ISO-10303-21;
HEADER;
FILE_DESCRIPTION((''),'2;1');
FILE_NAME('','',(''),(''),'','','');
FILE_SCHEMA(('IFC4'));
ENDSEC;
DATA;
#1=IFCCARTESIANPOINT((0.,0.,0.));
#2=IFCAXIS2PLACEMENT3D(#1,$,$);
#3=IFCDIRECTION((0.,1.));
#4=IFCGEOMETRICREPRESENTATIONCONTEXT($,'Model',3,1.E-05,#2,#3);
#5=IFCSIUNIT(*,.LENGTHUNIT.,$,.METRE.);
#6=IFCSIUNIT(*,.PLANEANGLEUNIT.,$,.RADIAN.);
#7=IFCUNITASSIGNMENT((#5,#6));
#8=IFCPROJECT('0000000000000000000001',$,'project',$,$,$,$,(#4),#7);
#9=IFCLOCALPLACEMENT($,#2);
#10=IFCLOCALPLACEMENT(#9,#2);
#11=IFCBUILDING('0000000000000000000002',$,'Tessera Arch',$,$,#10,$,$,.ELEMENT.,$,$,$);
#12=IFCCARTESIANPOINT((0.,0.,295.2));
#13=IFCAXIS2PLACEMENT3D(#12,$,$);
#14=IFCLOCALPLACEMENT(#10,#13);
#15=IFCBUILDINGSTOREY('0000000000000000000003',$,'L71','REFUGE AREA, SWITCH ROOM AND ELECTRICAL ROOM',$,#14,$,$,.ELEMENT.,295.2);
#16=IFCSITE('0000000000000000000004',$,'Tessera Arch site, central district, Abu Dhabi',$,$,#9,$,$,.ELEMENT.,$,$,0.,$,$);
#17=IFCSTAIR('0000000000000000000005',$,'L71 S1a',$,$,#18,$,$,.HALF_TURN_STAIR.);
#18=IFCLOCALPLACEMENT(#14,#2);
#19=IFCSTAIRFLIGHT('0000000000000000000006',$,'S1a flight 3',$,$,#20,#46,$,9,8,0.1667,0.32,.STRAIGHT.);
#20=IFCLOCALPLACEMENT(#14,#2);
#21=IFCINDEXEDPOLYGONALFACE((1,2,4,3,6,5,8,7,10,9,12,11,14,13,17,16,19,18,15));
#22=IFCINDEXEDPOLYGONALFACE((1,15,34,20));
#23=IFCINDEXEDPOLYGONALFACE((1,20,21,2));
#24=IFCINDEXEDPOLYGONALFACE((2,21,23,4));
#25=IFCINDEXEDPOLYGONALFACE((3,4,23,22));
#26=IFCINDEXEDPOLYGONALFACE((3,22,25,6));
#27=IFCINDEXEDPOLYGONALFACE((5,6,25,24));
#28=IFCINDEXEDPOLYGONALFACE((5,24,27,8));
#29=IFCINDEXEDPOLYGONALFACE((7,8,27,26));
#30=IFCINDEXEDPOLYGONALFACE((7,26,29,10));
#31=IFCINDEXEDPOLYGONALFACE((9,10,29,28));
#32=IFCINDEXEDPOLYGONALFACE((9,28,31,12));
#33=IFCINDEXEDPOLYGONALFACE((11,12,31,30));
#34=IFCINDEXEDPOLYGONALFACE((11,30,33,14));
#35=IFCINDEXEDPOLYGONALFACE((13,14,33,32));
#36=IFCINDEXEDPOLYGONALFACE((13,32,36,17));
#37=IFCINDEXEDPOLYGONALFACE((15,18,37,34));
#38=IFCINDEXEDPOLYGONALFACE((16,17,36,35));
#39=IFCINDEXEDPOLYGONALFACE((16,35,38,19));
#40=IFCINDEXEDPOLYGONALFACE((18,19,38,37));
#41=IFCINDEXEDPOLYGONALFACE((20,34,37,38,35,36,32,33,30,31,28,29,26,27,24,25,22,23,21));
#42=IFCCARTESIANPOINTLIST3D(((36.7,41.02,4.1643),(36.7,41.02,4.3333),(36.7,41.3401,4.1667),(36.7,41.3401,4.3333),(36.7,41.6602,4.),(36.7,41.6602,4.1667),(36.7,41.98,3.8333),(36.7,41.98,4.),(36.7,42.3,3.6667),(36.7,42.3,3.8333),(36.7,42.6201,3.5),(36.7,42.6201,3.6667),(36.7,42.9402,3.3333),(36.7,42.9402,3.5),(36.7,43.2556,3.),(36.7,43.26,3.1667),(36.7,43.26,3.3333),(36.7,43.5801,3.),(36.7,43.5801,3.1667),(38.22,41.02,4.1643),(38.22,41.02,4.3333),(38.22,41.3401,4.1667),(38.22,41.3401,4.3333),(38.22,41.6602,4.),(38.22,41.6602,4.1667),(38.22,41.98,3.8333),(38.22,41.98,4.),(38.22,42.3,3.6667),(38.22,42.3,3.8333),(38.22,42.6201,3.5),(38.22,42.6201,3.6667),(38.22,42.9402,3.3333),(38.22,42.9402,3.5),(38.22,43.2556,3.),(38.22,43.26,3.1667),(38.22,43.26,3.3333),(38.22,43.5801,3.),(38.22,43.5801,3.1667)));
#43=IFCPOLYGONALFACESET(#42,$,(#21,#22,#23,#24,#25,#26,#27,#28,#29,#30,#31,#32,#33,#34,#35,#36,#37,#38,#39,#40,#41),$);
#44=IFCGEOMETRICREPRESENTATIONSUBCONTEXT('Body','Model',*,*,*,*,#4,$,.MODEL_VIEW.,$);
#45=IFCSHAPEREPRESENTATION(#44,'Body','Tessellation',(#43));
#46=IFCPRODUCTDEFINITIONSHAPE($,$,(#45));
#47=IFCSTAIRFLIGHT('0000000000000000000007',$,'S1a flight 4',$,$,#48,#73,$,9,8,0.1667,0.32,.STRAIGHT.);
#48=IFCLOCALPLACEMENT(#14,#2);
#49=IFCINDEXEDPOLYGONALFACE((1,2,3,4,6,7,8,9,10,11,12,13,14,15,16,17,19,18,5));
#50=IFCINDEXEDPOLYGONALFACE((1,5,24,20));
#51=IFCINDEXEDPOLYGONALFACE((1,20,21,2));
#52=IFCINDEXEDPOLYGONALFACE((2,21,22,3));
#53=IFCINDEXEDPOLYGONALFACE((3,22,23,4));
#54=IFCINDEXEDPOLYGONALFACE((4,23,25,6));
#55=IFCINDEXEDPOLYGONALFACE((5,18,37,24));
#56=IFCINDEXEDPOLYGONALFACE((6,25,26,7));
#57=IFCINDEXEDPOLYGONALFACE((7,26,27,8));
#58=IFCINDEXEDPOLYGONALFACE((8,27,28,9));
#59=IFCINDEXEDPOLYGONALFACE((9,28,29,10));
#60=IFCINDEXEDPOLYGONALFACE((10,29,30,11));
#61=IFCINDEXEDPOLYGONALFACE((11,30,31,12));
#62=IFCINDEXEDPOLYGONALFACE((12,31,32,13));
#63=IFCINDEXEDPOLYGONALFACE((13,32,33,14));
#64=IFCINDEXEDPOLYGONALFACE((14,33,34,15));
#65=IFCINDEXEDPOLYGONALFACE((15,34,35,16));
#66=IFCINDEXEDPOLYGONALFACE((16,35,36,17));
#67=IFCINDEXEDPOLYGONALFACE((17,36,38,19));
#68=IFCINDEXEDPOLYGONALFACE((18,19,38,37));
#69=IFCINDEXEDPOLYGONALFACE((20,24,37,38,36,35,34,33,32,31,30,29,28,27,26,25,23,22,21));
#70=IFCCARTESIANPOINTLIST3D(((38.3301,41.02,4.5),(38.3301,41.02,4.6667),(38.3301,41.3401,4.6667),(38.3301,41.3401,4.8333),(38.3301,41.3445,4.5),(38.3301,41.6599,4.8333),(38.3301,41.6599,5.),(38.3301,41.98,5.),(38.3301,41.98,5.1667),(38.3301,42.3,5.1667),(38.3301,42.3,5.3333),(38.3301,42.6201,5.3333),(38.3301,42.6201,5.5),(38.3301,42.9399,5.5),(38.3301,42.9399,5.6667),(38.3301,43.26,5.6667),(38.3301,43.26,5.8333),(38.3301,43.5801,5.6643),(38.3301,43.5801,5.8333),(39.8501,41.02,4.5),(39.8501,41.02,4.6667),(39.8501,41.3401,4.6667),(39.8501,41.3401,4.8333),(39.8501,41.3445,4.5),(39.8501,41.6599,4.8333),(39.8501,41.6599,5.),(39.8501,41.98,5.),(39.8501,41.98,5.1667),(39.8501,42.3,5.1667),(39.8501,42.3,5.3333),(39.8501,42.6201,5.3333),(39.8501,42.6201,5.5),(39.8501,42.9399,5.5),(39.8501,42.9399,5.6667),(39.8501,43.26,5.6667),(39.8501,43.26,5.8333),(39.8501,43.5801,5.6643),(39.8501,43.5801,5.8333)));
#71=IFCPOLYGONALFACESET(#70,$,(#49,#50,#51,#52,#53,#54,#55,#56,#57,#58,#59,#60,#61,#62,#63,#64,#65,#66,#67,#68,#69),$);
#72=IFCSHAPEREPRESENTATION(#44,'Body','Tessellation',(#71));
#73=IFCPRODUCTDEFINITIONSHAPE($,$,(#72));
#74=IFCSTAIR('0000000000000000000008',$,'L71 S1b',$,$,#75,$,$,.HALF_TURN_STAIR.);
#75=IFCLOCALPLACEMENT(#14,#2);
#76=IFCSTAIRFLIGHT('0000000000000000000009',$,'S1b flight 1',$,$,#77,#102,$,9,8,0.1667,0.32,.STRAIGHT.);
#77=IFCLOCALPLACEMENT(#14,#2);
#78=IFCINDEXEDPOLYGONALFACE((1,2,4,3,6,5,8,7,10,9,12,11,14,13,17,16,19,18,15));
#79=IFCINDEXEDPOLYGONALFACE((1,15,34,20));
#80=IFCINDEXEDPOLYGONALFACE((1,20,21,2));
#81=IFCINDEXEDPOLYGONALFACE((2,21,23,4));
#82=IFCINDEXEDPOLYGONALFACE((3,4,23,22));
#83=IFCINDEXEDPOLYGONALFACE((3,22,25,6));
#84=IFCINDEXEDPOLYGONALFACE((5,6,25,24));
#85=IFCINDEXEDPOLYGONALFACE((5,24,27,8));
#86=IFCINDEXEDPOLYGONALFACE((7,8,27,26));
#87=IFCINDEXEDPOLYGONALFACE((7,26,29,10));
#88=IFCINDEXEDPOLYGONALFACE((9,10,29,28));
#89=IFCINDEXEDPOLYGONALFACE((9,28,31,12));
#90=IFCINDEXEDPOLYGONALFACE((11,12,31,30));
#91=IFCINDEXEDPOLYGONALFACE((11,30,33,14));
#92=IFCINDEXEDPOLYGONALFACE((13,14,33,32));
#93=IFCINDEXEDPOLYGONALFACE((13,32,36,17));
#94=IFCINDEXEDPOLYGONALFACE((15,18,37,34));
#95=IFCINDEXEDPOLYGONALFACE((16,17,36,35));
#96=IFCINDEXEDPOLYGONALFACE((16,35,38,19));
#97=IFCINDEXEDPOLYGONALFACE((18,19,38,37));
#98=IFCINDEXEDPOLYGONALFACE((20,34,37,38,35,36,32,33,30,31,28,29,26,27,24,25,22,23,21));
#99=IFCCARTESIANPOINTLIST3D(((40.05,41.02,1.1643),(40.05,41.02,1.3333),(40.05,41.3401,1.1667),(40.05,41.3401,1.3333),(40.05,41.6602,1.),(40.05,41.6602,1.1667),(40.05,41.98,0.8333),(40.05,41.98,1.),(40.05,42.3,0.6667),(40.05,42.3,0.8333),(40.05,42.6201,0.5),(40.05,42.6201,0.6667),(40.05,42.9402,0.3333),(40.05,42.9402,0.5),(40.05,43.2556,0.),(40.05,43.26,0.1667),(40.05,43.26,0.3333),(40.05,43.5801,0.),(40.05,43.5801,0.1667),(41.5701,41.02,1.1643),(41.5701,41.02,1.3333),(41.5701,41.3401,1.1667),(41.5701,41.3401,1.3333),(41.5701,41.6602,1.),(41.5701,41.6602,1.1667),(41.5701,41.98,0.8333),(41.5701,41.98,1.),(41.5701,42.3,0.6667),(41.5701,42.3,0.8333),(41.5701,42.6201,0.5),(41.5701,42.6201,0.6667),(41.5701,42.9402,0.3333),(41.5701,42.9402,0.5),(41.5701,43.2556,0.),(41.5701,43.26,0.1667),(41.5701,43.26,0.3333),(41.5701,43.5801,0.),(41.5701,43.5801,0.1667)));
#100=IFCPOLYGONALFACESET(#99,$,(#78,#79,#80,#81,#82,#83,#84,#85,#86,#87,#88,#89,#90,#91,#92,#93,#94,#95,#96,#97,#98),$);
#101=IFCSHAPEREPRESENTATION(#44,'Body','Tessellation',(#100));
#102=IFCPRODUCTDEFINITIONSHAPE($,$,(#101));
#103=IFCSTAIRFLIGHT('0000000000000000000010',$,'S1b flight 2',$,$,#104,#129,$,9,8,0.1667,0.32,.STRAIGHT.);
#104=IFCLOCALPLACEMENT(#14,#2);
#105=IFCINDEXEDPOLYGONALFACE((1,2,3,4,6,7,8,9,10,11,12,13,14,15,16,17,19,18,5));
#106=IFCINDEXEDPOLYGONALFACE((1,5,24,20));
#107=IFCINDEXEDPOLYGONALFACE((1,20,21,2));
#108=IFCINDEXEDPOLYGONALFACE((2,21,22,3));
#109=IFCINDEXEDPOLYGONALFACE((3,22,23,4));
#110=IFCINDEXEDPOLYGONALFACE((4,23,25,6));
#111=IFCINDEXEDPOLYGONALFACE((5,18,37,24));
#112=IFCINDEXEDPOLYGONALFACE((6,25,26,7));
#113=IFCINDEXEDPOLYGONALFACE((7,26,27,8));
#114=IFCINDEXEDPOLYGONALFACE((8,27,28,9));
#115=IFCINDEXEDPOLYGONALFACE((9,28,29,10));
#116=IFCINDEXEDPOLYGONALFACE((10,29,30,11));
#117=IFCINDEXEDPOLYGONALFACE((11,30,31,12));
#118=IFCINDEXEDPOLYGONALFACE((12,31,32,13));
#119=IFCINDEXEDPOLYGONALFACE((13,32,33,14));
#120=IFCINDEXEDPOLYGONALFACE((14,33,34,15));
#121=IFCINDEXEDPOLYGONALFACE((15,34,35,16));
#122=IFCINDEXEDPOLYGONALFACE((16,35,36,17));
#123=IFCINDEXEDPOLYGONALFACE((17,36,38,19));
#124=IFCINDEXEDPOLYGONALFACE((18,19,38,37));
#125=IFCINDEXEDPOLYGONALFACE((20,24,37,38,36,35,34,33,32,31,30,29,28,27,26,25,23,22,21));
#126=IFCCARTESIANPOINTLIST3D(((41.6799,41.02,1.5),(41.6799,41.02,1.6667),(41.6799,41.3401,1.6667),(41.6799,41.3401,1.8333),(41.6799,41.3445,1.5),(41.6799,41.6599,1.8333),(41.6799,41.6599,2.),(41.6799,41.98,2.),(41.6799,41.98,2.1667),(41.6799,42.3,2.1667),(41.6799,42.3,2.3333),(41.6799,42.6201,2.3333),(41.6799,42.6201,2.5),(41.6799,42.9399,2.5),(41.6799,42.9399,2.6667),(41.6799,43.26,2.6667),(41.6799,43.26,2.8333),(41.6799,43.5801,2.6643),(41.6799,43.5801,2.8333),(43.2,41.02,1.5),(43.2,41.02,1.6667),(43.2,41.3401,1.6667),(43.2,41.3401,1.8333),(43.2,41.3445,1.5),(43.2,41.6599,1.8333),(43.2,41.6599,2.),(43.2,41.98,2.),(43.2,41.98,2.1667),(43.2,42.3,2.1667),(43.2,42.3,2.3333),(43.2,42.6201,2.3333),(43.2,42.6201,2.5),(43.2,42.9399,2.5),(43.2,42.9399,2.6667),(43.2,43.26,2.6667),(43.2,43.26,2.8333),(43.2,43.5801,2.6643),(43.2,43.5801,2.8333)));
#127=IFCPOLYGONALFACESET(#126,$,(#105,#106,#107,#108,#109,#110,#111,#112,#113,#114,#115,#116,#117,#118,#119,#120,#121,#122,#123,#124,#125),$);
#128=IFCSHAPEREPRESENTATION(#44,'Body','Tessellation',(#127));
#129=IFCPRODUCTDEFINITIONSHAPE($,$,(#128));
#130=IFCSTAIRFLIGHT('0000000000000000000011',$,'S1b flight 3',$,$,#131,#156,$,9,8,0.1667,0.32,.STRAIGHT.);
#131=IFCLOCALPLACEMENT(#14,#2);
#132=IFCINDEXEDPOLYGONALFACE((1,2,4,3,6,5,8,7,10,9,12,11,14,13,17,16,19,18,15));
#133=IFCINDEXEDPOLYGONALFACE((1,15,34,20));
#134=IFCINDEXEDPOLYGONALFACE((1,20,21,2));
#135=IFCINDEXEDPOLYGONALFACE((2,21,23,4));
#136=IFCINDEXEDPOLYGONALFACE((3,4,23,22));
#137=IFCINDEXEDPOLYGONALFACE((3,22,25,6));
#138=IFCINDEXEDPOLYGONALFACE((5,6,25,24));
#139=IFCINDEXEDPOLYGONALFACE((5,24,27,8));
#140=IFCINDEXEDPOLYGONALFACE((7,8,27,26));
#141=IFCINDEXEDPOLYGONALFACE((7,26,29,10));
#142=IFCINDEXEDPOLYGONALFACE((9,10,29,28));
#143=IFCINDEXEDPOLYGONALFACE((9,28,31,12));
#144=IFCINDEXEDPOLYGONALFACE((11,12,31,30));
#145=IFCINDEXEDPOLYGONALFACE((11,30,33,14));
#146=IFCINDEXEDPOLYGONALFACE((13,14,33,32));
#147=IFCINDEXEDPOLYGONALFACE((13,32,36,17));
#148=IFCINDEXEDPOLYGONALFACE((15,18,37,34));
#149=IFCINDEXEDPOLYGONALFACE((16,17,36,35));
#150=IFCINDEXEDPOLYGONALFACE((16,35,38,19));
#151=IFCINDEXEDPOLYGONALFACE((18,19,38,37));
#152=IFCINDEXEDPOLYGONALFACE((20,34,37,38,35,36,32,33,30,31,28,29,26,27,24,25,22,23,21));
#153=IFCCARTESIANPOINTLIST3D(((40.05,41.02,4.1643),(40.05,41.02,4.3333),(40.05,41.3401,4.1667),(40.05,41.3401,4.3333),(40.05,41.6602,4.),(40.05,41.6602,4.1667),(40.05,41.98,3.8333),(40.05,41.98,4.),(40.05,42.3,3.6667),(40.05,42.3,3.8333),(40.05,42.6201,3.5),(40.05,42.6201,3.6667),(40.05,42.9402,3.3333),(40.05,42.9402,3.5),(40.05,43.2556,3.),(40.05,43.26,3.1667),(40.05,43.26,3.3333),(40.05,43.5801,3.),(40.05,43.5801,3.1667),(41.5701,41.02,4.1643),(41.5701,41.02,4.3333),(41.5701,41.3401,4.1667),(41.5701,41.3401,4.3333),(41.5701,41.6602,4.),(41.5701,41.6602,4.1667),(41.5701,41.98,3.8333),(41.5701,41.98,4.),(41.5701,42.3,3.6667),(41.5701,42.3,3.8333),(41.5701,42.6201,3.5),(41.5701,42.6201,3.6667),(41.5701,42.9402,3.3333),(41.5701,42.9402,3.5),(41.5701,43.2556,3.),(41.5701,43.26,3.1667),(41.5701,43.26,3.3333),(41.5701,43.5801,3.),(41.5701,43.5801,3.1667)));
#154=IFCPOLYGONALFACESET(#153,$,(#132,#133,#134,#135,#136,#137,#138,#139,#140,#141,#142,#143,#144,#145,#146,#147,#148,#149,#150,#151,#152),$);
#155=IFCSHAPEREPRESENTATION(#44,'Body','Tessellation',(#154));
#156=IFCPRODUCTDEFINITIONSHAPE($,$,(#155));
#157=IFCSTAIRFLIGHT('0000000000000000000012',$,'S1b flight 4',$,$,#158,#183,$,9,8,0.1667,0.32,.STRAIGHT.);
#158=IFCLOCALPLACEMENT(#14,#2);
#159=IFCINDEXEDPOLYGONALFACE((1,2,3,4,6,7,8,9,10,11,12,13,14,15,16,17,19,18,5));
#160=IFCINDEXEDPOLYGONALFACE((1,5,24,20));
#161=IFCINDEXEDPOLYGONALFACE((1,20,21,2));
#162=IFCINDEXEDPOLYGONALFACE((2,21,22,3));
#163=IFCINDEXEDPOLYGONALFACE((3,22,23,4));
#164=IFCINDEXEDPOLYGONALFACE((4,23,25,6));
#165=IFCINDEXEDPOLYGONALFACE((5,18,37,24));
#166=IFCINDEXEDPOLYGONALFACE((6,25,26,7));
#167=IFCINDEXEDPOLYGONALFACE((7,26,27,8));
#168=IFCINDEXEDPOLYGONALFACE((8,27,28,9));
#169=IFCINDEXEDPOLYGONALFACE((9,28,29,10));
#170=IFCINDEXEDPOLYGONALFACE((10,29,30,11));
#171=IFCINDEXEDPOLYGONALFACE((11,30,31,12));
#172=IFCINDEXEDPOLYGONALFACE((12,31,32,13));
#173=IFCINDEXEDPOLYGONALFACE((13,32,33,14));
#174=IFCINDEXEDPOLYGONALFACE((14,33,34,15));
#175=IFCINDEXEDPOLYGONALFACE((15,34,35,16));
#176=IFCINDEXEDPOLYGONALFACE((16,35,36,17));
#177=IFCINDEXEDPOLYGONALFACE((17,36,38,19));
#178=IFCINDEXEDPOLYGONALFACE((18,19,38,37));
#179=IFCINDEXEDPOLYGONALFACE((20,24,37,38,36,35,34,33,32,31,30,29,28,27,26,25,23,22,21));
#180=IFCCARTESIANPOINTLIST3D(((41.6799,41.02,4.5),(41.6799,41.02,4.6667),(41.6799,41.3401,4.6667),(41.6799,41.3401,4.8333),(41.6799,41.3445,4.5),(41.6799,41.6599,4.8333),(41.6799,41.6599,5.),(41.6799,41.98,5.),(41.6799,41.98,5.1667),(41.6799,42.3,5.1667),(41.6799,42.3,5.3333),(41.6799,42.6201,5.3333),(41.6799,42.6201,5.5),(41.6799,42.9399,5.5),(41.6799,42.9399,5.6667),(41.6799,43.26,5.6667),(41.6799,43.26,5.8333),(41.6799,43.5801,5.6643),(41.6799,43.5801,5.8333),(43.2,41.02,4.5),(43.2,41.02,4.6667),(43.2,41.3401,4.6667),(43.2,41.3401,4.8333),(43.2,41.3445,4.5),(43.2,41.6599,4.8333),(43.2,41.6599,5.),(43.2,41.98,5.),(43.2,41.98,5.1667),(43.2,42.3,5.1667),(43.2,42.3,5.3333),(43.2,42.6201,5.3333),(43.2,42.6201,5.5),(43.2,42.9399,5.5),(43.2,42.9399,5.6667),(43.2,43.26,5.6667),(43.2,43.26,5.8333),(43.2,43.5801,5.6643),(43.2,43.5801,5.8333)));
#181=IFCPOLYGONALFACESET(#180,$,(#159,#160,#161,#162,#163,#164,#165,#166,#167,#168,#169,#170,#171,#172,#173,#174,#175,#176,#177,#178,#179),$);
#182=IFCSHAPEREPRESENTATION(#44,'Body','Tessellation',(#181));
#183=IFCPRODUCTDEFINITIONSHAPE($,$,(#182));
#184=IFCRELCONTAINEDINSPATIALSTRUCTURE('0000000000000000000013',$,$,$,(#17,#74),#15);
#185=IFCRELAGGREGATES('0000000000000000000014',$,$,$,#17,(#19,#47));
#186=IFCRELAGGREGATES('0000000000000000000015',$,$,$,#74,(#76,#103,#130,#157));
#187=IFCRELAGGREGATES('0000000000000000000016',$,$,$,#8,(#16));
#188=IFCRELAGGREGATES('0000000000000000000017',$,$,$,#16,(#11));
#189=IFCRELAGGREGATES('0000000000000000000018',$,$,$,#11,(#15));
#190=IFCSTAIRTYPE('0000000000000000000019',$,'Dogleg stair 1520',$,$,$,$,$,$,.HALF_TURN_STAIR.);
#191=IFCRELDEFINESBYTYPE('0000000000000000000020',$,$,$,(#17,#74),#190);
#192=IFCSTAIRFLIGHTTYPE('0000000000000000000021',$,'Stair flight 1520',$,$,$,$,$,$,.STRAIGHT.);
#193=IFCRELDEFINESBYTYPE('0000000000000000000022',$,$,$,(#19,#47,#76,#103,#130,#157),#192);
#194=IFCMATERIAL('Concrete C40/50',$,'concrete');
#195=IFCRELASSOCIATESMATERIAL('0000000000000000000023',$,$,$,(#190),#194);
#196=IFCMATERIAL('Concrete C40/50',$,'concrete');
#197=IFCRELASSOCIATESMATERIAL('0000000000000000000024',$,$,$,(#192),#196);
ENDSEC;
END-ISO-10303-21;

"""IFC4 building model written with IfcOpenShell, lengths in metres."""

from ifc_helpers import new_model, si_unit, direction, frame, origin, place, context, subcontext, project, spatial, polyline, outline, extrude, material, type_object, element, aggregate, save


model = new_model("IFC4")

# Units and contexts
model_context = context("Model", 3, precision=1e-05, world=origin(), true_north=direction((0.0, 1.0)))
body_context = subcontext(model_context, "Body", "Model", "MODEL_VIEW")
ifc_project = project(units=[si_unit("LENGTHUNIT", "METRE"), si_unit("PLANEANGLEUNIT", "RADIAN")], contexts=[model_context])

# Site, building, storey
site_placement = place(None, origin())
site = spatial("IfcSite", under=ifc_project, at=site_placement, Name="Tessera Arch site, central district, Abu Dhabi", CompositionType="ELEMENT", RefElevation=0.0)
building_placement = place(site_placement, origin())
building = spatial("IfcBuilding", under=site, at=building_placement, Name="Tessera Arch", CompositionType="ELEMENT")
storey_placement = place(building_placement, frame((0.0, 0.0, 295.2)))
storey = spatial("IfcBuildingStorey", under=building, at=storey_placement, Name="L71", Description="REFUGE AREA, SWITCH ROOM AND ELECTRICAL ROOM", CompositionType="ELEMENT", Elevation=295.2)

# Stairs, stair flights
ifc_material_1 = material(Name="Concrete C40/50", Category="concrete")
stair_type = type_object("IfcStairType", Name="Dogleg stair 1520", PredefinedType="HALF_TURN_STAIR", material=ifc_material_1)
stair_1_placement = place(storey_placement, origin())
stair_1 = element("IfcStair", 1, at=stair_1_placement, inside=storey, type_object=stair_type, Name="L71 S1a", PredefinedType="HALF_TURN_STAIR")
ifc_material_2 = material(Name="Concrete C40/50", Category="concrete")
stair_flight_type = type_object("IfcStairFlightType", Name="Stair flight 1520", PredefinedType="STRAIGHT", material=ifc_material_2)
stair_flight_1_placement = place(storey_placement, frame((37.46, 43.5801, 3.0), z_axis=(0.0, 0.0, 1.0), x_axis=(0.0, -1.0, 0.0)))
stair_flight_1 = element("IfcStairFlight", 2, at=stair_flight_1_placement, type_object=stair_flight_type, Name="S1a flight 3", NumberOfRisers=9, NumberOfTreads=8, PredefinedType="STRAIGHT", RiserHeight=0.1667, TreadLength=0.32, context=body_context, shape_type="SweptSolid", body=[
    extrude(outline(polyline([(0.0, 0.0), (0.0, 0.1667), (0.3201, 0.1667), (0.3201, 0.3333), (0.6399, 0.3333), (0.6399, 0.5), (0.96, 0.5), (0.96, 0.6667), (1.28, 0.6667), (1.28, 0.8333), (1.6001, 0.8333), (1.6001, 1.0), (1.9199, 1.0), (1.9199, 1.1667), (2.24, 1.1667), (2.24, 1.3333), (2.5601, 1.3333), (2.5601, 1.5), (2.5601, 1.1643), (0.3245, 0.0), (0.0, 0.0)])), frame((0.0, 0.76, 0.0), z_axis=(0.0, -1.0, 0.0), x_axis=(1.0, 0.0, 0.0)), (0.0, 0.0, 1.0), 1.52),
])
stair_flight_2_placement = place(storey_placement, frame((39.0901, 41.02, 4.5), z_axis=(0.0, 0.0, 1.0), x_axis=(0.0, 1.0, 0.0)))
stair_flight_2 = element("IfcStairFlight", 3, at=stair_flight_2_placement, type_object=stair_flight_type, Name="S1a flight 4", NumberOfRisers=9, NumberOfTreads=8, PredefinedType="STRAIGHT", RiserHeight=0.1667, TreadLength=0.32, context=body_context, shape_type="SweptSolid", body=[
    extrude(outline(polyline([(0.0, 0.0), (0.0, 0.1667), (0.3201, 0.1667), (0.3201, 0.3333), (0.6399, 0.3333), (0.6399, 0.5), (0.96, 0.5), (0.96, 0.6667), (1.28, 0.6667), (1.28, 0.8333), (1.6001, 0.8333), (1.6001, 1.0), (1.9199, 1.0), (1.9199, 1.1667), (2.24, 1.1667), (2.24, 1.3333), (2.5601, 1.3333), (2.5601, 1.5), (2.5601, 1.1643), (0.3245, 0.0), (0.0, 0.0)])), frame((0.0, 0.76, 0.0), z_axis=(0.0, -1.0, 0.0), x_axis=(1.0, 0.0, 0.0)), (0.0, 0.0, 1.0), 1.52),
])
aggregate(stair_1, [stair_flight_1, stair_flight_2])
stair_2_placement = place(storey_placement, origin())
stair_2 = element("IfcStair", 4, at=stair_2_placement, inside=storey, type_object=stair_type, Name="L71 S1b", PredefinedType="HALF_TURN_STAIR")
stair_flight_3_placement = place(storey_placement, frame((40.8101, 43.5801, 0.0), z_axis=(0.0, 0.0, 1.0), x_axis=(0.0, -1.0, 0.0)))
stair_flight_3 = element("IfcStairFlight", 5, at=stair_flight_3_placement, type_object=stair_flight_type, Name="S1b flight 1", NumberOfRisers=9, NumberOfTreads=8, PredefinedType="STRAIGHT", RiserHeight=0.1667, TreadLength=0.32, context=body_context, shape_type="SweptSolid", body=[
    extrude(outline(polyline([(0.0, 0.0), (0.0, 0.1667), (0.3201, 0.1667), (0.3201, 0.3333), (0.6399, 0.3333), (0.6399, 0.5), (0.96, 0.5), (0.96, 0.6667), (1.28, 0.6667), (1.28, 0.8333), (1.6001, 0.8333), (1.6001, 1.0), (1.9199, 1.0), (1.9199, 1.1667), (2.24, 1.1667), (2.24, 1.3333), (2.5601, 1.3333), (2.5601, 1.5), (2.5601, 1.1643), (0.3245, 0.0), (0.0, 0.0)])), frame((0.0, 0.76, 0.0), z_axis=(0.0, -1.0, 0.0), x_axis=(1.0, 0.0, 0.0)), (0.0, 0.0, 1.0), 1.52),
])
stair_flight_4_placement = place(storey_placement, frame((42.4399, 41.02, 1.5), z_axis=(0.0, 0.0, 1.0), x_axis=(0.0, 1.0, 0.0)))
stair_flight_4 = element("IfcStairFlight", 6, at=stair_flight_4_placement, type_object=stair_flight_type, Name="S1b flight 2", NumberOfRisers=9, NumberOfTreads=8, PredefinedType="STRAIGHT", RiserHeight=0.1667, TreadLength=0.32, context=body_context, shape_type="SweptSolid", body=[
    extrude(outline(polyline([(0.0, 0.0), (0.0, 0.1667), (0.3201, 0.1667), (0.3201, 0.3333), (0.6399, 0.3333), (0.6399, 0.5), (0.96, 0.5), (0.96, 0.6667), (1.28, 0.6667), (1.28, 0.8333), (1.6001, 0.8333), (1.6001, 1.0), (1.9199, 1.0), (1.9199, 1.1667), (2.24, 1.1667), (2.24, 1.3333), (2.5601, 1.3333), (2.5601, 1.5), (2.5601, 1.1643), (0.3245, 0.0), (0.0, 0.0)])), frame((0.0, 0.76, 0.0), z_axis=(0.0, -1.0, 0.0), x_axis=(1.0, 0.0, 0.0)), (0.0, 0.0, 1.0), 1.52),
])
stair_flight_5_placement = place(storey_placement, frame((40.8101, 43.5801, 3.0), z_axis=(0.0, 0.0, 1.0), x_axis=(0.0, -1.0, 0.0)))
stair_flight_5 = element("IfcStairFlight", 7, at=stair_flight_5_placement, type_object=stair_flight_type, Name="S1b flight 3", NumberOfRisers=9, NumberOfTreads=8, PredefinedType="STRAIGHT", RiserHeight=0.1667, TreadLength=0.32, context=body_context, shape_type="SweptSolid", body=[
    extrude(outline(polyline([(0.0, 0.0), (0.0, 0.1667), (0.3201, 0.1667), (0.3201, 0.3333), (0.6399, 0.3333), (0.6399, 0.5), (0.96, 0.5), (0.96, 0.6667), (1.28, 0.6667), (1.28, 0.8333), (1.6001, 0.8333), (1.6001, 1.0), (1.9199, 1.0), (1.9199, 1.1667), (2.24, 1.1667), (2.24, 1.3333), (2.5601, 1.3333), (2.5601, 1.5), (2.5601, 1.1643), (0.3245, 0.0), (0.0, 0.0)])), frame((0.0, 0.76, 0.0), z_axis=(0.0, -1.0, 0.0), x_axis=(1.0, 0.0, 0.0)), (0.0, 0.0, 1.0), 1.52),
])
stair_flight_6_placement = place(storey_placement, frame((42.4399, 41.02, 4.5), z_axis=(0.0, 0.0, 1.0), x_axis=(0.0, 1.0, 0.0)))
stair_flight_6 = element("IfcStairFlight", 8, at=stair_flight_6_placement, type_object=stair_flight_type, Name="S1b flight 4", NumberOfRisers=9, NumberOfTreads=8, PredefinedType="STRAIGHT", RiserHeight=0.1667, TreadLength=0.32, context=body_context, shape_type="SweptSolid", body=[
    extrude(outline(polyline([(0.0, 0.0), (0.0, 0.1667), (0.3201, 0.1667), (0.3201, 0.3333), (0.6399, 0.3333), (0.6399, 0.5), (0.96, 0.5), (0.96, 0.6667), (1.28, 0.6667), (1.28, 0.8333), (1.6001, 0.8333), (1.6001, 1.0), (1.9199, 1.0), (1.9199, 1.1667), (2.24, 1.1667), (2.24, 1.3333), (2.5601, 1.3333), (2.5601, 1.5), (2.5601, 1.1643), (0.3245, 0.0), (0.0, 0.0)])), frame((0.0, 0.76, 0.0), z_axis=(0.0, -1.0, 0.0), x_axis=(1.0, 0.0, 0.0)), (0.0, 0.0, 1.0), 1.52),
])
aggregate(stair_2, [stair_flight_3, stair_flight_4, stair_flight_5, stair_flight_6])

save(model, "model.ifc")
